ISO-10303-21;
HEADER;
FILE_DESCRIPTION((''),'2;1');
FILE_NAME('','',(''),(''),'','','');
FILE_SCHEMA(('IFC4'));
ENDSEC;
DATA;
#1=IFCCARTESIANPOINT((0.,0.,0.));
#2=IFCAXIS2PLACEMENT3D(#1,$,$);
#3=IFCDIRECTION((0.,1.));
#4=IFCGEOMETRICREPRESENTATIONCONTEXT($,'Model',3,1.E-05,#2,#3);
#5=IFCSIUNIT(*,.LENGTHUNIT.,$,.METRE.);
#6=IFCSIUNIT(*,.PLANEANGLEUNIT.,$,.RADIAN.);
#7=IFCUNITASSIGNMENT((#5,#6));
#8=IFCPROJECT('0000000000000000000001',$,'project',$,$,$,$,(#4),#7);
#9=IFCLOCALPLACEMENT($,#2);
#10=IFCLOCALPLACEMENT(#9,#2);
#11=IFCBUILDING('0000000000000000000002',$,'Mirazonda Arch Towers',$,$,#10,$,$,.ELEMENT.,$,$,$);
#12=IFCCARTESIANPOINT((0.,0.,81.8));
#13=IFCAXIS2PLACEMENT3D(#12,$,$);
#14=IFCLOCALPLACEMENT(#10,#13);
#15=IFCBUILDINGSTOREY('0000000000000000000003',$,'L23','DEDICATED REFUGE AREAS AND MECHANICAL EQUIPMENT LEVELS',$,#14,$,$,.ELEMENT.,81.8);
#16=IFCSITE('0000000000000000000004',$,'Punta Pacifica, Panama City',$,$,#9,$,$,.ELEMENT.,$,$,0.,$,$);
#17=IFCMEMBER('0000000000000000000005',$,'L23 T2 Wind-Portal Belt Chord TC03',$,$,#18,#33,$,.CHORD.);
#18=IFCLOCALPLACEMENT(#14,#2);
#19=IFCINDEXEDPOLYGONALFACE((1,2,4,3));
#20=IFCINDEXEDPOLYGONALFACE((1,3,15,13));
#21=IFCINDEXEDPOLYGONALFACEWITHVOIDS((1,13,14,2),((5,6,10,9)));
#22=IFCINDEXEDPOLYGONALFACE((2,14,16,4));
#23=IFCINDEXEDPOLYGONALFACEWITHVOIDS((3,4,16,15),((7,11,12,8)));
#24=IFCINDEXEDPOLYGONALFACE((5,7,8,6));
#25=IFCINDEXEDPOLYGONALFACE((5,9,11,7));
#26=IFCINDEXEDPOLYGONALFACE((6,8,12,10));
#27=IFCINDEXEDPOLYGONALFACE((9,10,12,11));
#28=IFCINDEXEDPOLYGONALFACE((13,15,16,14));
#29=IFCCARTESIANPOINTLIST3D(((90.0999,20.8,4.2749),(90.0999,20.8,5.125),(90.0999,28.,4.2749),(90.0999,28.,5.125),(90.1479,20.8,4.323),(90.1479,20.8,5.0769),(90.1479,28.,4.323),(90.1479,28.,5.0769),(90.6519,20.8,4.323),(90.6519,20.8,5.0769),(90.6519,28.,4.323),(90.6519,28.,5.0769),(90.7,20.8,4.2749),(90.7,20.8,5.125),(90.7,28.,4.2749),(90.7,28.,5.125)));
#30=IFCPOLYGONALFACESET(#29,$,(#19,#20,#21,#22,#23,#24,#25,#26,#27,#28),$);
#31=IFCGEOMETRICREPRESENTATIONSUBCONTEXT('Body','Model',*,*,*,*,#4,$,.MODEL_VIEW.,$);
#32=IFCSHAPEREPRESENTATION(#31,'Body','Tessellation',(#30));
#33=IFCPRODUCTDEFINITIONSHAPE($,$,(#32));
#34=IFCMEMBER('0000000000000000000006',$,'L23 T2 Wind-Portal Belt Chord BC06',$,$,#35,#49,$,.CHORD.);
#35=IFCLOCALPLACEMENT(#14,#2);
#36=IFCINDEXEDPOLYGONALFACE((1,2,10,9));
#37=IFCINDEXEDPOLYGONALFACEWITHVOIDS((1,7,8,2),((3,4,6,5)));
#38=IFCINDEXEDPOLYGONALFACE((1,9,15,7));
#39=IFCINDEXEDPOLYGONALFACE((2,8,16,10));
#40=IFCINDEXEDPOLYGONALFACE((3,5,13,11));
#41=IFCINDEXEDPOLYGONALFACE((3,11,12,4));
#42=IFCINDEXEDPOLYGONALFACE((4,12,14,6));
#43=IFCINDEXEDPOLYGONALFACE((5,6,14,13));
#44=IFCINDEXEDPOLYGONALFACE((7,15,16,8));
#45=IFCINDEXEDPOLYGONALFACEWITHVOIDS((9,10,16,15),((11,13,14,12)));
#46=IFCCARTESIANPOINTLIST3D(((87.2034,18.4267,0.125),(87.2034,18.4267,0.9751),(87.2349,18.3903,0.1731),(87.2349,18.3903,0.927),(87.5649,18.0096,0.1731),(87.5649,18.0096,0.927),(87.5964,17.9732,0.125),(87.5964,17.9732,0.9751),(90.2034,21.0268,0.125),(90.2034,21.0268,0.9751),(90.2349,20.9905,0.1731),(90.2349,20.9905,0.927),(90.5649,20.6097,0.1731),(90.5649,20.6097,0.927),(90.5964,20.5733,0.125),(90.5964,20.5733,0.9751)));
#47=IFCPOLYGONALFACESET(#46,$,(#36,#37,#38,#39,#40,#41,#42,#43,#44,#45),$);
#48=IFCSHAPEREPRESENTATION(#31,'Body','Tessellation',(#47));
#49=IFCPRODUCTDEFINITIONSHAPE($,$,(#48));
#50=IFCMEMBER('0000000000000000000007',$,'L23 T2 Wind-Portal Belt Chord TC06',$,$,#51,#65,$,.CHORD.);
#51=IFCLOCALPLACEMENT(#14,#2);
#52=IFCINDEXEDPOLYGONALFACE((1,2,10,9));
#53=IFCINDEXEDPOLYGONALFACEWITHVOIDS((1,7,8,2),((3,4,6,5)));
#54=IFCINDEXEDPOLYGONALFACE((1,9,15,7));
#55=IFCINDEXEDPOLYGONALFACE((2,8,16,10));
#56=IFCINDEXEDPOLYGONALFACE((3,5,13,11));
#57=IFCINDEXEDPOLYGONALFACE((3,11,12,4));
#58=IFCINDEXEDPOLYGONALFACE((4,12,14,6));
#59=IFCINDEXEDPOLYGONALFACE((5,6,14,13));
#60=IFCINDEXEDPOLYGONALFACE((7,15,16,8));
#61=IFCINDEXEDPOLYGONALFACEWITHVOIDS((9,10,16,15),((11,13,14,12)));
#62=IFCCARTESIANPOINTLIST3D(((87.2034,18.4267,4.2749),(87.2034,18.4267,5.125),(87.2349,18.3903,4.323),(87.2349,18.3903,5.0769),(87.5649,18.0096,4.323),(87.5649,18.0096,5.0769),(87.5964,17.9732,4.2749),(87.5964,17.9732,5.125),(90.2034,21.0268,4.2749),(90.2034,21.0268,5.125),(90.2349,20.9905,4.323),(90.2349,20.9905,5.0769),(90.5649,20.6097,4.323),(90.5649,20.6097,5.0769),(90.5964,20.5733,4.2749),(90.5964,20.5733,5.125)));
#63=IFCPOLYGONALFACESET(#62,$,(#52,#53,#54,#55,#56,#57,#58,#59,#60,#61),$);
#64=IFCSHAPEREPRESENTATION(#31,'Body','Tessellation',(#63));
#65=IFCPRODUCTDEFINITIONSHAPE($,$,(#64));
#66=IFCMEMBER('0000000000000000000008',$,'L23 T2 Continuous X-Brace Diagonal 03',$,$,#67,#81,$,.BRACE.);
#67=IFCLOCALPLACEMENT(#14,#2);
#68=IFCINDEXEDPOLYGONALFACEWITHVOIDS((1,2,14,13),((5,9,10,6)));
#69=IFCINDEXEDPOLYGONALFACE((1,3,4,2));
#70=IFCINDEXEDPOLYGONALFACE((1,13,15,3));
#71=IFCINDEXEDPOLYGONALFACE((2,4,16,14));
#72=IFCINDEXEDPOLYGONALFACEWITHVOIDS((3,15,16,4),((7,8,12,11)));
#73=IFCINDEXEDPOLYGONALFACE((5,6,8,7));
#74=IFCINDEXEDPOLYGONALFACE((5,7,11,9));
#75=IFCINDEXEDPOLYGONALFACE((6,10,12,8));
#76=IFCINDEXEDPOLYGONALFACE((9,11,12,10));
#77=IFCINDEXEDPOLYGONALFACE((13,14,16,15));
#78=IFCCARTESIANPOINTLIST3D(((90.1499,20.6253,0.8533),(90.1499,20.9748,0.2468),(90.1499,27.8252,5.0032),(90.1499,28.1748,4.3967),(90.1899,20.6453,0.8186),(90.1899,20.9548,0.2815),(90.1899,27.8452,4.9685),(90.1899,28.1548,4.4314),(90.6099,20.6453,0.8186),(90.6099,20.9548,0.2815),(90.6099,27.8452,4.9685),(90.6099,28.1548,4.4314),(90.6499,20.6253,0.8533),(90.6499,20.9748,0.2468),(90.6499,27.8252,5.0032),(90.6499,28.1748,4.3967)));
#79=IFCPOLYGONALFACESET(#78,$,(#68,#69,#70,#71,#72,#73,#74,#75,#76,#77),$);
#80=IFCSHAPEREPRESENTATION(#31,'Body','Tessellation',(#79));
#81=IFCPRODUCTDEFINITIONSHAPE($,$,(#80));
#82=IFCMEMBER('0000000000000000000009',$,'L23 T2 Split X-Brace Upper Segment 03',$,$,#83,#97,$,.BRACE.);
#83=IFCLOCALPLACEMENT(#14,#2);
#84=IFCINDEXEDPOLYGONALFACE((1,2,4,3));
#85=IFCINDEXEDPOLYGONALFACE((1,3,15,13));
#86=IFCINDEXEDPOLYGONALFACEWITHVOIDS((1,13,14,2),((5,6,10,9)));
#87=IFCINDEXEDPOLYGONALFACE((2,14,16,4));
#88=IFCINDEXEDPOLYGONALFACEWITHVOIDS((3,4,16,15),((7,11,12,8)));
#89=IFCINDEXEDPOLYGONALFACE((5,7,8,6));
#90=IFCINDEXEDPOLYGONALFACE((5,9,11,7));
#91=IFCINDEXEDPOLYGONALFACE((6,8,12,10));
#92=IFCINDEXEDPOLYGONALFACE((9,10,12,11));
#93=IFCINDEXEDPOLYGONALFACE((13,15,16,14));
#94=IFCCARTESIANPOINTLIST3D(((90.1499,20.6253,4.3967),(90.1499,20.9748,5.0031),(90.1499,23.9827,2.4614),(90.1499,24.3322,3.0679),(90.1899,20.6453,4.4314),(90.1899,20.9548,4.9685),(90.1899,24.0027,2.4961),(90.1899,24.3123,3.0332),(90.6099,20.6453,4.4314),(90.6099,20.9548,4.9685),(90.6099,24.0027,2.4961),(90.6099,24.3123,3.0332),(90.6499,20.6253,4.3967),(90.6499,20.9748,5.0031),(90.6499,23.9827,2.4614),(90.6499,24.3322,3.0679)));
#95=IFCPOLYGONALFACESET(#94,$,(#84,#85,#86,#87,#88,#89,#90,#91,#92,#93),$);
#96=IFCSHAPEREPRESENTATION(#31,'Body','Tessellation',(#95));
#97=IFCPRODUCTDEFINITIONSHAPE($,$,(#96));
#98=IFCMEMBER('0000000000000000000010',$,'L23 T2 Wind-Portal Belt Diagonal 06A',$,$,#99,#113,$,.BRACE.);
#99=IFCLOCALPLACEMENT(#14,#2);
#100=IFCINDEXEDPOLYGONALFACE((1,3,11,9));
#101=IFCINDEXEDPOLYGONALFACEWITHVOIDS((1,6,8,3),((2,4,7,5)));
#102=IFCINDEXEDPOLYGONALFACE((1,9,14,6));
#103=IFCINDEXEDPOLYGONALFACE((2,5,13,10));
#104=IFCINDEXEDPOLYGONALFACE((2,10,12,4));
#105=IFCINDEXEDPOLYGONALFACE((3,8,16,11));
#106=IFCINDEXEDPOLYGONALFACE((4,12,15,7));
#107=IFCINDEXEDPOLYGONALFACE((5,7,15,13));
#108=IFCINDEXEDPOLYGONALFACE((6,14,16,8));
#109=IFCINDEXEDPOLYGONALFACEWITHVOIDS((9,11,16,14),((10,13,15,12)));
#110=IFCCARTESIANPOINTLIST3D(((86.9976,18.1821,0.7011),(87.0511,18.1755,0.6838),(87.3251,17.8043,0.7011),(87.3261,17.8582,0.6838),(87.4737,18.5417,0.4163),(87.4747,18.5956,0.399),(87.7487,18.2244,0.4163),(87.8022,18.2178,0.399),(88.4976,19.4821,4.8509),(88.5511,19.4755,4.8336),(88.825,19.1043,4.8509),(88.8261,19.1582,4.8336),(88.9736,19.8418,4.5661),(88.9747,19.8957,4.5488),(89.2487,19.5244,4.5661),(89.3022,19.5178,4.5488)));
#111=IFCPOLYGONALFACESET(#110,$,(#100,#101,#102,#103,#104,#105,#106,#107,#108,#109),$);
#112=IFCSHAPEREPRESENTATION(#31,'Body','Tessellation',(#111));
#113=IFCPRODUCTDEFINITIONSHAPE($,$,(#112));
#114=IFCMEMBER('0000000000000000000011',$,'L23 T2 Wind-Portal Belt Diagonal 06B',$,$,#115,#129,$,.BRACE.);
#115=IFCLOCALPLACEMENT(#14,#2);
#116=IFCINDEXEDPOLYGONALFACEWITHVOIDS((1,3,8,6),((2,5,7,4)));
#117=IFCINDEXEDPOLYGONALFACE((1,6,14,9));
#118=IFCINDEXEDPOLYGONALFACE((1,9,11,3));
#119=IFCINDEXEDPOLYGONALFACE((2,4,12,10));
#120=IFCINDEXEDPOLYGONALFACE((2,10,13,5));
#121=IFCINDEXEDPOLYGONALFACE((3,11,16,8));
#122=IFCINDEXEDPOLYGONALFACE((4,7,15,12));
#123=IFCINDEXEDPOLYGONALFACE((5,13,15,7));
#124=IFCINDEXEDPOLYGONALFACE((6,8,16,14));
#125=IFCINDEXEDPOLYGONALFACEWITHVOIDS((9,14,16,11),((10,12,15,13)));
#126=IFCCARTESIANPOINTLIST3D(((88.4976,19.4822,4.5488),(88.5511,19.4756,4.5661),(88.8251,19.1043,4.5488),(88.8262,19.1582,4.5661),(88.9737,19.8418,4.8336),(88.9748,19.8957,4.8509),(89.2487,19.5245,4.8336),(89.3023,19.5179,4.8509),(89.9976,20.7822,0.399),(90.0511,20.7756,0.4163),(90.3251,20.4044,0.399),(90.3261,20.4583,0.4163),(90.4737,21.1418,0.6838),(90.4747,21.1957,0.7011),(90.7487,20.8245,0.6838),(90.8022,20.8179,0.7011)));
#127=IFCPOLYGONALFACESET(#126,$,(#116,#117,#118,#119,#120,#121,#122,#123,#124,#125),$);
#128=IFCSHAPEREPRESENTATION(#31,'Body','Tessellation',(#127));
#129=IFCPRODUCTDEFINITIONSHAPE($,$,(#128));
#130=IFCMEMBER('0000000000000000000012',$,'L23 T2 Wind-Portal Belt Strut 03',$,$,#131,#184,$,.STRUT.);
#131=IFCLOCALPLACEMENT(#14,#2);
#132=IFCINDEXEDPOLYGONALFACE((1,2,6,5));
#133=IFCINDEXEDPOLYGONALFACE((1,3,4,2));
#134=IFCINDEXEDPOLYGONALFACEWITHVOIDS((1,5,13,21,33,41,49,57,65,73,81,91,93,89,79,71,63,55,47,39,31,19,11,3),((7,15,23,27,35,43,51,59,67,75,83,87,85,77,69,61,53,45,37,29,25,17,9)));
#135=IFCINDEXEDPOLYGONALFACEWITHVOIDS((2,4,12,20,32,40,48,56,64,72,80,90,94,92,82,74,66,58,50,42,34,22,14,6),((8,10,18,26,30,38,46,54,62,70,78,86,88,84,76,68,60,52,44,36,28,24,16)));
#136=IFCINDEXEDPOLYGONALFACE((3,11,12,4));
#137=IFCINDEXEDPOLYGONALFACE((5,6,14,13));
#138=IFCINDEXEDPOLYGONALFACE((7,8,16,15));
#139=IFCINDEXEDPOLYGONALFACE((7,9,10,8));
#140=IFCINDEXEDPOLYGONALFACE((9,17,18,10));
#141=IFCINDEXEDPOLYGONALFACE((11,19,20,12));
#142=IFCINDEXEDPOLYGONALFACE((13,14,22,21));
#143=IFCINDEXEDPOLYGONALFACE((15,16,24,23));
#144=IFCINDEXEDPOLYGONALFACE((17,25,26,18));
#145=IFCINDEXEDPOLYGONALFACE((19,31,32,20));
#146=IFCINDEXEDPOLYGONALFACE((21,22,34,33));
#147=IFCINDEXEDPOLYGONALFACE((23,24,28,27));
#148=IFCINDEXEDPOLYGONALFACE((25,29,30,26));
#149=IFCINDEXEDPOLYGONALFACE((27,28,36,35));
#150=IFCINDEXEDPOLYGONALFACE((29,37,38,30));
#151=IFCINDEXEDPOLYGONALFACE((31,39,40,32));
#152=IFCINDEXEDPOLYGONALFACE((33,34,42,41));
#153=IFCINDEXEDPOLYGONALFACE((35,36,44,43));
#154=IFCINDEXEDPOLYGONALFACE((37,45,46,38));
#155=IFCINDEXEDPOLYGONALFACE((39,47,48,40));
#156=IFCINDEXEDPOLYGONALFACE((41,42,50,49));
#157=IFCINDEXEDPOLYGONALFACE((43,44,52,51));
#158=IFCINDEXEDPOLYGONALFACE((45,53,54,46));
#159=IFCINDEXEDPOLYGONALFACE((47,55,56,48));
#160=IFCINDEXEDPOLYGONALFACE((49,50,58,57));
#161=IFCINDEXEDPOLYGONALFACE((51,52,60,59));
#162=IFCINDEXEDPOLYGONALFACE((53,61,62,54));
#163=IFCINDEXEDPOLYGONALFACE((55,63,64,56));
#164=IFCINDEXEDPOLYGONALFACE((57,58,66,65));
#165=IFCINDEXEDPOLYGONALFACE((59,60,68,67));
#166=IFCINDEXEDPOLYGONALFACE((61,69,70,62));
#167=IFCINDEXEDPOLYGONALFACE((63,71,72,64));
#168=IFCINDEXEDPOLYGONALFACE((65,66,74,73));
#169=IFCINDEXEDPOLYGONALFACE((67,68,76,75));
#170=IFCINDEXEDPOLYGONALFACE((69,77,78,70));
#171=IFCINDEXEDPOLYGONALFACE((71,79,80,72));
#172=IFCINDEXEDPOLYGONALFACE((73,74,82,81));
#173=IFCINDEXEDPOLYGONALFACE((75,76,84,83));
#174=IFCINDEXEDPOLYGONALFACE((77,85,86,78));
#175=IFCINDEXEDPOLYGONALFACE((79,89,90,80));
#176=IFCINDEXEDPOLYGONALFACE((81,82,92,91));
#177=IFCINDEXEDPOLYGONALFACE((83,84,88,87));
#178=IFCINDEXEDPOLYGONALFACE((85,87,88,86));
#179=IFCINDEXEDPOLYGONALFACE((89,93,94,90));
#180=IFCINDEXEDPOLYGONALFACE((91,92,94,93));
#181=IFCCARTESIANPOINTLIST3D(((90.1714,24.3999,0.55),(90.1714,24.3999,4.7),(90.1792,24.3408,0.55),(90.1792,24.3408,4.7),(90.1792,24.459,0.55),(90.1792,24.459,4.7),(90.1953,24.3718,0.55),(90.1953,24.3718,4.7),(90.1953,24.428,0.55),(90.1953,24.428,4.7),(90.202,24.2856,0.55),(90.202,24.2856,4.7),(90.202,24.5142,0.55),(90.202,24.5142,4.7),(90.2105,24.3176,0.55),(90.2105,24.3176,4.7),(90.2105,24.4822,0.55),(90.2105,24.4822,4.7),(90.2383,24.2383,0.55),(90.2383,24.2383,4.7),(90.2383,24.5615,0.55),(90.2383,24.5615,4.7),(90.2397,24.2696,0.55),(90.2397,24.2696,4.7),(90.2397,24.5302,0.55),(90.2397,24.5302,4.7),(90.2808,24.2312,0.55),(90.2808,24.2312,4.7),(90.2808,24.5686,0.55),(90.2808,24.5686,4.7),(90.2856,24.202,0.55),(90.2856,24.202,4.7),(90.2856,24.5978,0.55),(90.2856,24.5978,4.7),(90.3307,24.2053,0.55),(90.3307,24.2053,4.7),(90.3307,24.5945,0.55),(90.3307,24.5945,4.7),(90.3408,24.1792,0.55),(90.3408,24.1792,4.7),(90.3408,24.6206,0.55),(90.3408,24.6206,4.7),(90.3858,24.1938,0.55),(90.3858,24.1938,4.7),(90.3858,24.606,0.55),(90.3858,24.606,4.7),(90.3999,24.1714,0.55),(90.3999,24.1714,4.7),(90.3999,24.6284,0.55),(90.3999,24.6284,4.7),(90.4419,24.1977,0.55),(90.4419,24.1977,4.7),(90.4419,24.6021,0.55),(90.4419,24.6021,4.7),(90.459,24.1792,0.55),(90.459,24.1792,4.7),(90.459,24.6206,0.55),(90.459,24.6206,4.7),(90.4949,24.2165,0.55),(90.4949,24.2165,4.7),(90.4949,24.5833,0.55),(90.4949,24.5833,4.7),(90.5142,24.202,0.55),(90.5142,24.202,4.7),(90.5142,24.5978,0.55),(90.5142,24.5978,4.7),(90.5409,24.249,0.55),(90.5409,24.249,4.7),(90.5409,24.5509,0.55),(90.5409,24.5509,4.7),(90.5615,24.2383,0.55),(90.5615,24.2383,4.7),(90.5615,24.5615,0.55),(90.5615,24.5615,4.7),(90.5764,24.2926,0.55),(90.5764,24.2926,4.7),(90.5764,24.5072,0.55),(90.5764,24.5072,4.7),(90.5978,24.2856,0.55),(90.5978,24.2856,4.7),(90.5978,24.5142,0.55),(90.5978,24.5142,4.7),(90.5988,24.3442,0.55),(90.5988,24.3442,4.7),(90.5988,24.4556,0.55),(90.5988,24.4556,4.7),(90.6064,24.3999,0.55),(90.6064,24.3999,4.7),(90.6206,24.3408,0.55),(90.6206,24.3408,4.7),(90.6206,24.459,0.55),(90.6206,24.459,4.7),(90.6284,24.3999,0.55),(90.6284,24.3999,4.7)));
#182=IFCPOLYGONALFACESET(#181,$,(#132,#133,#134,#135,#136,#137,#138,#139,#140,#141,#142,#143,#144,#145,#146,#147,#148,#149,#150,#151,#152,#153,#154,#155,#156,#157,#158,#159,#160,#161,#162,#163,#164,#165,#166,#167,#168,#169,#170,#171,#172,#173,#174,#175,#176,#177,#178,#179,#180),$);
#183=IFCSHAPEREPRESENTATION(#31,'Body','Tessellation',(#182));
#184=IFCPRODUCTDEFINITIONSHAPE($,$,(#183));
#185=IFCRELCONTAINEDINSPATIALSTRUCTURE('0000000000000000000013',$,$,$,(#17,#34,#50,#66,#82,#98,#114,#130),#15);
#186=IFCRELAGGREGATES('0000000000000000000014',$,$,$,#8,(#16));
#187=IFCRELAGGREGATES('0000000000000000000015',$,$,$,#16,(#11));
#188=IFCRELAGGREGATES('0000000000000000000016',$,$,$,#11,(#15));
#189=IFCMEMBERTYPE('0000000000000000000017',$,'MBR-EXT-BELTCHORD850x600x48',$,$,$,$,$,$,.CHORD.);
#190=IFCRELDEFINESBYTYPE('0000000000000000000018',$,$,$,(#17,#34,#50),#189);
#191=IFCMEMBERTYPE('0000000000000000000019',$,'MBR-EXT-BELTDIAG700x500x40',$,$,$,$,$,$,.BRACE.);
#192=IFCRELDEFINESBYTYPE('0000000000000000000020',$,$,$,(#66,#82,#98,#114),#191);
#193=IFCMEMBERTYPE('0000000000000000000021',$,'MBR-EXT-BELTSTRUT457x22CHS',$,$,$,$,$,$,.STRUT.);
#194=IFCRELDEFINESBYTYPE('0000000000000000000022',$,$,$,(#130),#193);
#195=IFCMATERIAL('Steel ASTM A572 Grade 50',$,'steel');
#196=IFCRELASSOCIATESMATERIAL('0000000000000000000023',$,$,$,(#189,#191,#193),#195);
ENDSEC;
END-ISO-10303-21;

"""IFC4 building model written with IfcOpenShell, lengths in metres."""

from ifc_helpers import new_model, si_unit, direction, frame, origin, origin_2d, place, context, subcontext, project, spatial, hollow_rectangle, hollow_circle, extrude, material, material_profile, profile_set, type_object, element, save


model = new_model("IFC4")

# Units and contexts
model_context = context("Model", 3, precision=1e-05, world=origin(), true_north=direction((0.0, 1.0)))
body_context = subcontext(model_context, "Body", "Model", "MODEL_VIEW")
ifc_project = project(units=[si_unit("LENGTHUNIT", "METRE"), si_unit("PLANEANGLEUNIT", "RADIAN")], contexts=[model_context])

# Site, building, storey
site_placement = place(None, origin())
site = spatial("IfcSite", under=ifc_project, at=site_placement, Name="Punta Pacifica, Panama City", CompositionType="ELEMENT", RefElevation=0.0)
building_placement = place(site_placement, origin())
building = spatial("IfcBuilding", under=site, at=building_placement, Name="Mirazonda Arch Towers", CompositionType="ELEMENT")
storey_placement = place(building_placement, frame((0.0, 0.0, 81.8)))
storey = spatial("IfcBuildingStorey", under=building, at=storey_placement, Name="L23", Description="DEDICATED REFUGE AREAS AND MECHANICAL EQUIPMENT LEVELS", CompositionType="ELEMENT", Elevation=81.8)

# Shared definitions
ifc_material_1 = material(Name="Steel ASTM A572 Grade 50", Category="steel")

# Members
ifc_material_profile_1 = material_profile(ifc_material_1, hollow_rectangle(XDim=0.6001, YDim=0.8501, WallThickness=0.0481, at=origin_2d()), Name="BELTCHORD850x600x48")
ifc_profile_set_1 = profile_set([ifc_material_profile_1], Name="Steel ASTM A572 Grade 50")
member_type_1 = type_object("IfcMemberType", Name="MBR-EXT-BELTCHORD850x600x48", PredefinedType="CHORD", material=ifc_profile_set_1)
for number, where, z_axis, x_axis, name in (
    (1, (90.3999, 20.8, 4.7), (0.0, 1.0, 0.0), (-1.0, 0.0, 0.0), "L23 T2 Wind-Portal Belt Chord TC03"),
):
    element("IfcMember", number, at=place(storey_placement, frame(where, z_axis=z_axis, x_axis=x_axis)), inside=storey, type_object=member_type_1, Name=name, PredefinedType="CHORD", context=body_context, shape_type="SweptSolid", body=[
        extrude(hollow_rectangle(XDim=0.6001, YDim=0.8501, WallThickness=0.0481, at=origin_2d()), origin(), (0.0, 0.0, 1.0), 7.2),
    ])
for number, where, z_axis, x_axis, name in (
    (2, (87.3999, 18.2, 0.55), (0.755677, 0.654945, 0.0), (-0.654945, 0.755677, 0.0), "L23 T2 Wind-Portal Belt Chord BC06"),
    (3, (87.3999, 18.2, 4.7), (0.755677, 0.654945, 0.0), (-0.654945, 0.755677, 0.0), "L23 T2 Wind-Portal Belt Chord TC06"),
):
    element("IfcMember", number, at=place(storey_placement, frame(where, z_axis=z_axis, x_axis=x_axis)), inside=storey, type_object=member_type_1, Name=name, PredefinedType="CHORD", context=body_context, shape_type="SweptSolid", body=[
        extrude(hollow_rectangle(XDim=0.6001, YDim=0.8501, WallThickness=0.0481, at=origin_2d()), origin(), (0.0, 0.0, 1.0), 3.97),
    ])
ifc_material_profile_2 = material_profile(ifc_material_1, hollow_rectangle(XDim=0.5, YDim=0.7, WallThickness=0.04, at=origin_2d()), Name="BELTDIAG700x500x40")
ifc_profile_set_2 = profile_set([ifc_material_profile_2], Name="Steel ASTM A572 Grade 50")
member_type_2 = type_object("IfcMemberType", Name="MBR-EXT-BELTDIAG700x500x40", PredefinedType="BRACE", material=ifc_profile_set_2)
member_1_placement = place(storey_placement, frame((90.3999, 20.8, 0.55), z_axis=(0.0, 0.866389, 0.499369), x_axis=(-1.0, 0.0, 0.0)))
element("IfcMember", 4, at=member_1_placement, inside=storey, type_object=member_type_2, Name="L23 T2 Continuous X-Brace Diagonal 03", PredefinedType="BRACE", context=body_context, shape_type="SweptSolid", body=[
    extrude(hollow_rectangle(XDim=0.5, YDim=0.7, WallThickness=0.04, at=origin_2d()), origin(), (0.0, 0.0, 1.0), 8.3103),
])
member_2_placement = place(storey_placement, frame((90.3999, 24.1575, 2.7646), z_axis=(0.0, -0.866372, 0.499399), x_axis=(1.0, 0.0, 0.0)))
element("IfcMember", 5, at=member_2_placement, inside=storey, type_object=member_type_2, Name="L23 T2 Split X-Brace Upper Segment 03", PredefinedType="BRACE", context=body_context, shape_type="SweptSolid", body=[
    extrude(hollow_rectangle(XDim=0.5, YDim=0.7, WallThickness=0.04, at=origin_2d()), origin(), (0.0, 0.0, 1.0), 3.8752),
])
for number, where, z_axis, x_axis, name in (
    (6, (87.3999, 18.2, 0.55), (0.326073, 0.282607, 0.902114), (-0.654945, 0.755677, 0.0), "L23 T2 Wind-Portal Belt Diagonal 06A"),
    (7, (90.3999, 20.8, 0.55), (-0.326073, -0.282607, 0.902114), (0.654945, -0.755677, 0.0), "L23 T2 Wind-Portal Belt Diagonal 06B"),
):
    element("IfcMember", number, at=place(storey_placement, frame(where, z_axis=z_axis, x_axis=x_axis)), inside=storey, type_object=member_type_2, Name=name, PredefinedType="BRACE", context=body_context, shape_type="SweptSolid", body=[
        extrude(hollow_rectangle(XDim=0.5, YDim=0.7, WallThickness=0.04, at=origin_2d()), origin(), (0.0, 0.0, 1.0), 4.6001),
    ])
ifc_material_profile_3 = material_profile(ifc_material_1, hollow_circle(Radius=0.2285, WallThickness=0.022, at=origin_2d()), Name="BELTSTRUT457x22CHS")
ifc_profile_set_3 = profile_set([ifc_material_profile_3], Name="Steel ASTM A572 Grade 50")
member_type_3 = type_object("IfcMemberType", Name="MBR-EXT-BELTSTRUT457x22CHS", PredefinedType="STRUT", material=ifc_profile_set_3)
for number, where, z_axis, x_axis, name in (
    (8, (90.3999, 24.3999, 0.55), (0.0, 0.0, 1.0), (1.0, 0.0, 0.0), "L23 T2 Wind-Portal Belt Strut 03"),
):
    element("IfcMember", number, at=place(storey_placement, frame(where, z_axis=z_axis, x_axis=x_axis)), inside=storey, type_object=member_type_3, Name=name, PredefinedType="STRUT", context=body_context, shape_type="SweptSolid", body=[
        extrude(hollow_circle(Radius=0.2285, WallThickness=0.022, at=origin_2d()), origin(), (0.0, 0.0, 1.0), 4.1499),
    ])

save(model, "model.ifc")
